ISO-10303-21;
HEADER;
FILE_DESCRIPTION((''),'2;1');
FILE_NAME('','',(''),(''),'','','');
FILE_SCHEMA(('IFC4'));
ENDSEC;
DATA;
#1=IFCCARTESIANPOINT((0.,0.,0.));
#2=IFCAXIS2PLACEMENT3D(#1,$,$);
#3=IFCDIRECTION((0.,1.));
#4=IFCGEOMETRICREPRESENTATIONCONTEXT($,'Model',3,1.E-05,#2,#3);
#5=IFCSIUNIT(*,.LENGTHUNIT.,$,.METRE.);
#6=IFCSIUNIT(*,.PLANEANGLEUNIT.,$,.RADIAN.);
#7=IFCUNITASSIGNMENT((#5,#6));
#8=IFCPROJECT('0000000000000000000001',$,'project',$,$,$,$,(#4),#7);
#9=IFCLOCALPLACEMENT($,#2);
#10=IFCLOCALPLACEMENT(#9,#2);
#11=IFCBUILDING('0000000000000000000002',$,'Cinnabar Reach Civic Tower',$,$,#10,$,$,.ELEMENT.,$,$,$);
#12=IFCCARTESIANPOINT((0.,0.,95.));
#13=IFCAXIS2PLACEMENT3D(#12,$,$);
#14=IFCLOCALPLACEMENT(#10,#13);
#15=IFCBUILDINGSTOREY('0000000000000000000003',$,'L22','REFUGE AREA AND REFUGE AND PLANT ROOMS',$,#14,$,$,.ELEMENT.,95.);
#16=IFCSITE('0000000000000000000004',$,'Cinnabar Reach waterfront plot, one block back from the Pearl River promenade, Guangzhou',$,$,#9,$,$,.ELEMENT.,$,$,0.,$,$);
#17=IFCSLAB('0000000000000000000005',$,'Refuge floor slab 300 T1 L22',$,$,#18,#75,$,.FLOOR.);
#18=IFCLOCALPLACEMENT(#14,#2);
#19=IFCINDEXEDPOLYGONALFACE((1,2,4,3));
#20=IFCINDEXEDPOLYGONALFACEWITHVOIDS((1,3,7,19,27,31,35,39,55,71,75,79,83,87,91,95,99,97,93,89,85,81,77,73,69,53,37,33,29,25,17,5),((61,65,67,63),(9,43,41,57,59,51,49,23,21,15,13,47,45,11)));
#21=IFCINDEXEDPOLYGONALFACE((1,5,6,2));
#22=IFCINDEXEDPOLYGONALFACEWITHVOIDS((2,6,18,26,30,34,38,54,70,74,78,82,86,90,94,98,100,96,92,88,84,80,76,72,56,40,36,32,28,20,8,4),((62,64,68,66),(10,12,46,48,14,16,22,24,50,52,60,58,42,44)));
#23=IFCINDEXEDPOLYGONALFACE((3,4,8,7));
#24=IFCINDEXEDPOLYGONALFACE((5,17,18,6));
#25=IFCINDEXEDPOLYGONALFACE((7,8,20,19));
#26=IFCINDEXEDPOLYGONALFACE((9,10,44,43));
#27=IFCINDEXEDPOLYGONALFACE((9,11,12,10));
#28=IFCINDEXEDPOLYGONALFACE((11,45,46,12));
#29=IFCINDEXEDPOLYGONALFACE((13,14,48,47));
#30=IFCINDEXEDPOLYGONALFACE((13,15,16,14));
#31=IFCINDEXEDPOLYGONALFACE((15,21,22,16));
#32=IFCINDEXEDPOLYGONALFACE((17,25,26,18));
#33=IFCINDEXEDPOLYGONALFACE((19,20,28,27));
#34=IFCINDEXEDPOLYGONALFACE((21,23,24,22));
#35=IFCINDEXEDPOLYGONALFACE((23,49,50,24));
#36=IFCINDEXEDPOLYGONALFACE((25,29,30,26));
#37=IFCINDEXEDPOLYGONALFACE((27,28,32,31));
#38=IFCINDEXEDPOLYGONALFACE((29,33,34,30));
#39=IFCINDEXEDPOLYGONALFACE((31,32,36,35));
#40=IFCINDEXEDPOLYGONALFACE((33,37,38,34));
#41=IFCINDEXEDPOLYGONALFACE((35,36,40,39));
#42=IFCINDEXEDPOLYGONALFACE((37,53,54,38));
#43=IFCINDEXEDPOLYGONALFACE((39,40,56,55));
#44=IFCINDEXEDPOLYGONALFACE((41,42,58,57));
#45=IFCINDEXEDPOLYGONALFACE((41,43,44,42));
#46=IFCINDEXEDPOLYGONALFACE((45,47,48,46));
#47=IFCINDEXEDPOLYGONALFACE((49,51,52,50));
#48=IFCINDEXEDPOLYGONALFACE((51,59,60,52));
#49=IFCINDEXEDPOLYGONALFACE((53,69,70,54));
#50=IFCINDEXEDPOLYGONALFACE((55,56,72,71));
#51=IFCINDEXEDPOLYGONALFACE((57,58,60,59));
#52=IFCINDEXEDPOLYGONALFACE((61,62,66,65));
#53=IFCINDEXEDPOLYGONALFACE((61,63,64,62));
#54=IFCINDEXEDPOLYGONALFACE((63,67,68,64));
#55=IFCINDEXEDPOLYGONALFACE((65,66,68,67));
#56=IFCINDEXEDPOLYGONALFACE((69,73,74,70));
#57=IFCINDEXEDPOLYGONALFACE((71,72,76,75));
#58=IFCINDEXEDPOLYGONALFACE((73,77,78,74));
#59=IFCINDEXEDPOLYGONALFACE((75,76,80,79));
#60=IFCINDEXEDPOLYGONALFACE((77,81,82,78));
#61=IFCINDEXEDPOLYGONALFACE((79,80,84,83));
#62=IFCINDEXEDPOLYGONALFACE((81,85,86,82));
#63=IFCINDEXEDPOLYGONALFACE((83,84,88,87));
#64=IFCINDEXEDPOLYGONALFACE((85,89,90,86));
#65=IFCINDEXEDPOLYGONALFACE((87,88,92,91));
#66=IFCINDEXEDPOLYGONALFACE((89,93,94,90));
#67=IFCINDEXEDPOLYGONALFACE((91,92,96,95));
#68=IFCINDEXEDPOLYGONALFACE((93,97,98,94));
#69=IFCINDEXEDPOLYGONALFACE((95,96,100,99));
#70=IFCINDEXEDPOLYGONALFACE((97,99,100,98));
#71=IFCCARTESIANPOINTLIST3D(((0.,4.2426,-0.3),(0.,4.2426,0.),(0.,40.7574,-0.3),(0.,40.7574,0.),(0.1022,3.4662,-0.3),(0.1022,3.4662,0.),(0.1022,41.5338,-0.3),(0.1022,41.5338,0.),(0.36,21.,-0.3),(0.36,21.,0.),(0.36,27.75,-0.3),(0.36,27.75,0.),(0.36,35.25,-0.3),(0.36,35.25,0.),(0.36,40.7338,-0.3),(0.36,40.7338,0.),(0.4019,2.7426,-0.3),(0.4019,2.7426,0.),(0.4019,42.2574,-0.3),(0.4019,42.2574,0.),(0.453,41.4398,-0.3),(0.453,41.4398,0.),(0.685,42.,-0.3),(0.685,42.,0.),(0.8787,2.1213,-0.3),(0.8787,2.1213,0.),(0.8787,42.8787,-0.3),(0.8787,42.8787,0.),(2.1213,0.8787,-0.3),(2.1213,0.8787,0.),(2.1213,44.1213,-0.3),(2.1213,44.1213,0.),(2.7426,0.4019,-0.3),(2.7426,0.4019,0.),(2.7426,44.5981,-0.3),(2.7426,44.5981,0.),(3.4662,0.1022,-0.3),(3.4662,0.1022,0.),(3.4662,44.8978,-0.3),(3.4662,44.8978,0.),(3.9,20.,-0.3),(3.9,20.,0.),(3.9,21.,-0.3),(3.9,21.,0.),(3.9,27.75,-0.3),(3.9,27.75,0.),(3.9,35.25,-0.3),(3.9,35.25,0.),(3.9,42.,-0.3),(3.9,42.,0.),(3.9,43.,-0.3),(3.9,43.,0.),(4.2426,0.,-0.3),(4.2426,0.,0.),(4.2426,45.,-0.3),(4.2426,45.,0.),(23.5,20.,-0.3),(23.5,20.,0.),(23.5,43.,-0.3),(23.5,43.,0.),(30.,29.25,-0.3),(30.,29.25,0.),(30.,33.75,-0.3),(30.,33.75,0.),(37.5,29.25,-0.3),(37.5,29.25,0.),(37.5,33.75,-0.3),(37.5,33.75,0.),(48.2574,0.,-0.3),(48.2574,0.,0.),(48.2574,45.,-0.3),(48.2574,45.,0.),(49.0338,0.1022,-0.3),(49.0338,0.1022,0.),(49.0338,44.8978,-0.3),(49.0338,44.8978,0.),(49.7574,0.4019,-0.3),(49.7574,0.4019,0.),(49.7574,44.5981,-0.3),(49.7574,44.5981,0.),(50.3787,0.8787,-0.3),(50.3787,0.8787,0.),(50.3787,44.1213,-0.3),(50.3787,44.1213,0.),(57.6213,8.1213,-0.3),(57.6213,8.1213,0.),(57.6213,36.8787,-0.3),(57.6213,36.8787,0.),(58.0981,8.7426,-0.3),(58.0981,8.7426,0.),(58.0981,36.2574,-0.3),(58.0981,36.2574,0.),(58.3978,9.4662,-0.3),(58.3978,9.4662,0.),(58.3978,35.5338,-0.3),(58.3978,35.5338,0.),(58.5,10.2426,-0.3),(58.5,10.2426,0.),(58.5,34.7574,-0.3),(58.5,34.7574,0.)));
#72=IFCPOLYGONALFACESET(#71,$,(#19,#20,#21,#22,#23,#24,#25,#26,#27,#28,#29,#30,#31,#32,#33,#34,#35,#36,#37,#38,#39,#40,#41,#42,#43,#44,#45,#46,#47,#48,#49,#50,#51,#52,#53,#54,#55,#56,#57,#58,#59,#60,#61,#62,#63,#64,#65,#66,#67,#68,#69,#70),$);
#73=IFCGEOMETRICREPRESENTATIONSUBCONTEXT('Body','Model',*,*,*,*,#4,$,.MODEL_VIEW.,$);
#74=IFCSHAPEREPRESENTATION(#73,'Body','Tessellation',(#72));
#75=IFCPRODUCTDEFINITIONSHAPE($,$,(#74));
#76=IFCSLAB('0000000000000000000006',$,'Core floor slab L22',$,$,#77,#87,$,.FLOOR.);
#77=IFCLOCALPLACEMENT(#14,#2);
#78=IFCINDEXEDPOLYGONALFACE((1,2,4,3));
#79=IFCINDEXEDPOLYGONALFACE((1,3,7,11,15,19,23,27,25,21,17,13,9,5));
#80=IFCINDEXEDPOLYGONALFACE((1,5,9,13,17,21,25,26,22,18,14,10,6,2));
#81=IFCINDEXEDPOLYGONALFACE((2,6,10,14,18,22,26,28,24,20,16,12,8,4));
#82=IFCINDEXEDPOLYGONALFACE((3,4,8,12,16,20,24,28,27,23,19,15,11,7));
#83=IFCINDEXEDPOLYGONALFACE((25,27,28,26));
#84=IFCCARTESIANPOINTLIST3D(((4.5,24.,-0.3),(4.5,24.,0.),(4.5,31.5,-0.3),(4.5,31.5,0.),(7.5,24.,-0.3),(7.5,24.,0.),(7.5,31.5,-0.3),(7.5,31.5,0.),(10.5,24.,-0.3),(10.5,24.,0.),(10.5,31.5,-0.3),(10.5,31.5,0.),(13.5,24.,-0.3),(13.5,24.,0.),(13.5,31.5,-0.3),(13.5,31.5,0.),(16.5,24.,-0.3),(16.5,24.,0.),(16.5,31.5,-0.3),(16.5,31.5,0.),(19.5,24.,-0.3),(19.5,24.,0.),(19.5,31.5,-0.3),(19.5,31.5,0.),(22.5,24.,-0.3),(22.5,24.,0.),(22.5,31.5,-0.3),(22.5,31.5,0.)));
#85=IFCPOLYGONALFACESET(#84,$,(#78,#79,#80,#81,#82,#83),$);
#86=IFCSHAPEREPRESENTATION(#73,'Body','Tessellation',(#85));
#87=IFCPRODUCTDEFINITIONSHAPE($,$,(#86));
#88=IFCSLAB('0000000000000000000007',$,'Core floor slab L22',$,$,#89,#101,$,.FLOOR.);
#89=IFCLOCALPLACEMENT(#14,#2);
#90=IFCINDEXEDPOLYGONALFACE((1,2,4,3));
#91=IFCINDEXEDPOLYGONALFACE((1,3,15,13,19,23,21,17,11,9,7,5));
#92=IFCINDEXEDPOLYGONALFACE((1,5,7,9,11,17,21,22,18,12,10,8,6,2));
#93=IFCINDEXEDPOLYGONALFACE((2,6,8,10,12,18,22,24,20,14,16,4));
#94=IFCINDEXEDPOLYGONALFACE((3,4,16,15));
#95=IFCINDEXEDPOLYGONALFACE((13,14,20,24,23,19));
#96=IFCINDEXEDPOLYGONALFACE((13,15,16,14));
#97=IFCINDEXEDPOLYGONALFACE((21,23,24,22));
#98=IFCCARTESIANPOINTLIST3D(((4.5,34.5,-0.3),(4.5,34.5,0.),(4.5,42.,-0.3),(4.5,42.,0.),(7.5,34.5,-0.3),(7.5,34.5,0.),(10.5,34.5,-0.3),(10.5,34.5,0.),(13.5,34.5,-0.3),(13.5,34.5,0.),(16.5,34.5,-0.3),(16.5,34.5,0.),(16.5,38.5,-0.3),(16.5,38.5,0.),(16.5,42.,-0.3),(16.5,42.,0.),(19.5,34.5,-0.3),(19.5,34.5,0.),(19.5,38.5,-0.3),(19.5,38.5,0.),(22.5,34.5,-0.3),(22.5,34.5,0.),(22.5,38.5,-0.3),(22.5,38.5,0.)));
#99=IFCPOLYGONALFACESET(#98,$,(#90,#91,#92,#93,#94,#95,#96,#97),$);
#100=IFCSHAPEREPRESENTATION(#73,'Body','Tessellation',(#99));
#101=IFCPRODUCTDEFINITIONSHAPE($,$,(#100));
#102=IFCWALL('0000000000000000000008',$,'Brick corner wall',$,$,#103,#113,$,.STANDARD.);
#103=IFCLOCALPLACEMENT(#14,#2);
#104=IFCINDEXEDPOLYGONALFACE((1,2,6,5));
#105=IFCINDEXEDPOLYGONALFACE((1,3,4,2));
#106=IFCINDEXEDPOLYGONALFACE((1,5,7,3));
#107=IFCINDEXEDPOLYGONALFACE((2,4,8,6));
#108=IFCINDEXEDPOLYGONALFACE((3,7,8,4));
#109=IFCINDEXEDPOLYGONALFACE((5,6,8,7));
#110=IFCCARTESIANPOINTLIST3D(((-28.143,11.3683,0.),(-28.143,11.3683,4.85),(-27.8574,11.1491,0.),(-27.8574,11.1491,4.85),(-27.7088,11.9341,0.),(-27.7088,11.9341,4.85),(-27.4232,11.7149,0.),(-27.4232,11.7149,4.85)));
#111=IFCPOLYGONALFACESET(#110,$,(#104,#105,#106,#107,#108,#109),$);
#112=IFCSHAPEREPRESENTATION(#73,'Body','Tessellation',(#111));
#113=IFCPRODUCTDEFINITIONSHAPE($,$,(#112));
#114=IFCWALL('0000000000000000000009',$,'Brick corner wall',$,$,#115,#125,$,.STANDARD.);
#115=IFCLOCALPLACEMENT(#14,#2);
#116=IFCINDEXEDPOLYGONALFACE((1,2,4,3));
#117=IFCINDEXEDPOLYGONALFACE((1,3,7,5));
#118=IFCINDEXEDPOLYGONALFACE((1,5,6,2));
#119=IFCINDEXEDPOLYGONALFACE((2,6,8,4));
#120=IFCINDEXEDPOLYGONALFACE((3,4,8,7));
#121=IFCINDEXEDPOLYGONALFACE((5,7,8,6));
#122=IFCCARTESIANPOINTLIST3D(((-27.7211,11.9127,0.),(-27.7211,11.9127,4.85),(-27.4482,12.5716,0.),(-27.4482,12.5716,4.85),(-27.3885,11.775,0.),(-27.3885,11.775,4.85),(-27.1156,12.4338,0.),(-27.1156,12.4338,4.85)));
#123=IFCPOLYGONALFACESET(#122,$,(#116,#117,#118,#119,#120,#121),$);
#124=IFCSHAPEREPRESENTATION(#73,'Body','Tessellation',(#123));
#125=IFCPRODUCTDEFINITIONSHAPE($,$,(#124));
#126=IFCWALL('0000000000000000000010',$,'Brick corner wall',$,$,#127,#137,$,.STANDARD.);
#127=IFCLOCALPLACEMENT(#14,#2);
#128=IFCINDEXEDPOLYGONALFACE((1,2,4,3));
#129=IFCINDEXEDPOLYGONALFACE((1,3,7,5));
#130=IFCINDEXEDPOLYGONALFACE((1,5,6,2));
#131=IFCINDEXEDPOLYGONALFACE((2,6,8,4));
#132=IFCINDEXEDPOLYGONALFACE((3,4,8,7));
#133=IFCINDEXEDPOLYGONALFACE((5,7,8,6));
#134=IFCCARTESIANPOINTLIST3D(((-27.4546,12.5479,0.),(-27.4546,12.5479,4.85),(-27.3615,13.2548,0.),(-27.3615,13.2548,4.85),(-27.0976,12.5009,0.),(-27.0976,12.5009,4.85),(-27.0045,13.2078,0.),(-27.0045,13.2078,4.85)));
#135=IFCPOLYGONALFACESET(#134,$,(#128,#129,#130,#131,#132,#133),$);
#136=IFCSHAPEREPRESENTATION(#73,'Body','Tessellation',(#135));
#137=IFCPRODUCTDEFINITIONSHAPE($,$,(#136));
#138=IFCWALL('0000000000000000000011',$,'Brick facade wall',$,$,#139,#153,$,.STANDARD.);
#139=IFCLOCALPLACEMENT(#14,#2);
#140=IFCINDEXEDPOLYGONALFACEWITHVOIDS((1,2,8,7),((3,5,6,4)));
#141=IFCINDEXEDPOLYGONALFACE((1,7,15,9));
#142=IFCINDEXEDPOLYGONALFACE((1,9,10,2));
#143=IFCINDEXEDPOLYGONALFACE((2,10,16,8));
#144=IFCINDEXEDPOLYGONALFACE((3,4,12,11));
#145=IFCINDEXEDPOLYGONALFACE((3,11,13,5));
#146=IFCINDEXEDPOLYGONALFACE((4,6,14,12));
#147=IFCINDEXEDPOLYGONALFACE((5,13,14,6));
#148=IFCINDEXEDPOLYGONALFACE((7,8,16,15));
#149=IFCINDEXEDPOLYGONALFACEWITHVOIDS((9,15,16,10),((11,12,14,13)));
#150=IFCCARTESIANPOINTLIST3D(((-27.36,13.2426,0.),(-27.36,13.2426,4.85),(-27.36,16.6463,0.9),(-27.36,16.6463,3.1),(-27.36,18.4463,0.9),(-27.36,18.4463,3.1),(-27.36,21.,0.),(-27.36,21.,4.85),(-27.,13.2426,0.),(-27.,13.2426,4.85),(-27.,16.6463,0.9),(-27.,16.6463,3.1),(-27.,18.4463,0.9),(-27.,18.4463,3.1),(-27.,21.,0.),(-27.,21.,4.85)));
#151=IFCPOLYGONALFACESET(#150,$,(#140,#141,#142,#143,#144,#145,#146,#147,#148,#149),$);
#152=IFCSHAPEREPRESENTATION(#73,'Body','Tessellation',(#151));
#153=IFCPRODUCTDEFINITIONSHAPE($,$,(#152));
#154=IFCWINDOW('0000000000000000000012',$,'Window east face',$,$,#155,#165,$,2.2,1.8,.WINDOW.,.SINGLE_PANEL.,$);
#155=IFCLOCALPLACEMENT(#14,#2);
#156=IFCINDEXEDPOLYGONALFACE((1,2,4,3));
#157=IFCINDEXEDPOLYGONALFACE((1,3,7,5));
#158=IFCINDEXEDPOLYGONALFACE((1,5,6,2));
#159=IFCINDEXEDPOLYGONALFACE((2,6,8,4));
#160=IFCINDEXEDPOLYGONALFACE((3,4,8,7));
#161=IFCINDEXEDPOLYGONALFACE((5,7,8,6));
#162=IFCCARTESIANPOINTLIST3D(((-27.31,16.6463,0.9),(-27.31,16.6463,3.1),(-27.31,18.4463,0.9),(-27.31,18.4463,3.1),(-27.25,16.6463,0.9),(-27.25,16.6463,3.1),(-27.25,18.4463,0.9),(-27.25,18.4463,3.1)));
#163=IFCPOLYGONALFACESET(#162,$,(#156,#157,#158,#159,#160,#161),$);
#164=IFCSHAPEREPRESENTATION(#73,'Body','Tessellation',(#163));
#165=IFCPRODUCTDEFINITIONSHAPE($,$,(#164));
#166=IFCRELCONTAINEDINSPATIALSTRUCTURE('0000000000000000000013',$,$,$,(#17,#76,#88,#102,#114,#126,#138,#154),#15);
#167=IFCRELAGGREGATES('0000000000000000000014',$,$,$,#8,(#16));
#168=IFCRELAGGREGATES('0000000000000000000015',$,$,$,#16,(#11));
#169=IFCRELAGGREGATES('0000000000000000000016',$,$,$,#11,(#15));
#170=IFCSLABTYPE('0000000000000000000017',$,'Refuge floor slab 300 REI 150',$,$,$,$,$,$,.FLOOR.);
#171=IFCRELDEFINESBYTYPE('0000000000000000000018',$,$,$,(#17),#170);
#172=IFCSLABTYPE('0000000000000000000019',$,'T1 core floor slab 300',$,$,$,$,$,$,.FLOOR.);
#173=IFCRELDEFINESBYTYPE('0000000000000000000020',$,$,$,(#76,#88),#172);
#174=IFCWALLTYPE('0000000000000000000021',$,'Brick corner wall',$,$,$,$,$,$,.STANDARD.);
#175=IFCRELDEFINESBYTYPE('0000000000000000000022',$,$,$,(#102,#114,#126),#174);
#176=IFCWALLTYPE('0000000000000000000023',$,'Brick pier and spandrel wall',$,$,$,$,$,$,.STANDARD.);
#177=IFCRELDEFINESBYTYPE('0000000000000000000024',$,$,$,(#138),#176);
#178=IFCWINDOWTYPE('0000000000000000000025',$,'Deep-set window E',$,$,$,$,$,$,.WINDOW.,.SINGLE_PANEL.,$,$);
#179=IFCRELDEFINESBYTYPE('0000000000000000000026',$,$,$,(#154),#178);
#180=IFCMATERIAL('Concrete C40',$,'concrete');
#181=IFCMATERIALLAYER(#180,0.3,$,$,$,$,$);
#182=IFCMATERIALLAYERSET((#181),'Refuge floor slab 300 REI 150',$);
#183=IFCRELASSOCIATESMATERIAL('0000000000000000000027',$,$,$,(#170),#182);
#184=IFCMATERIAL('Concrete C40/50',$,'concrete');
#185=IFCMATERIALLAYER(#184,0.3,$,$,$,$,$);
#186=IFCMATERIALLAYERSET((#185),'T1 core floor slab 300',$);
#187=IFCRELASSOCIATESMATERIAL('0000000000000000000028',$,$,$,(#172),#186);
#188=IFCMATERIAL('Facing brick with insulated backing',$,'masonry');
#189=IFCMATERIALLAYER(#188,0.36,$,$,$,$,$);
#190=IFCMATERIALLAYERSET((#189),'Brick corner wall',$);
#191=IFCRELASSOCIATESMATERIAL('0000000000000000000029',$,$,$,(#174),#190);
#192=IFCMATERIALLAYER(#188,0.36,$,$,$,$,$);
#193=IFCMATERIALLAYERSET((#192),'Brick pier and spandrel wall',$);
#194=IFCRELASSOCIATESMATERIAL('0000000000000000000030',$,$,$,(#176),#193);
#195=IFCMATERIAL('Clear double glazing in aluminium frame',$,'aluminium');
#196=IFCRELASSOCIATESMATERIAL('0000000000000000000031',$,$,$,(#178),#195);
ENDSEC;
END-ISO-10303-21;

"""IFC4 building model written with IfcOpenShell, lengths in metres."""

from ifc_helpers import new_model, si_unit, direction, frame, frame_2d, origin, place, context, subcontext, project, spatial, polyline, rectangle, outline, extrude, material, layer, layer_set, type_object, element, fill, save


model = new_model("IFC4")

# Units and contexts
model_context = context("Model", 3, precision=1e-05, world=origin(), true_north=direction((0.0, 1.0)))
body_context = subcontext(model_context, "Body", "Model", "MODEL_VIEW")
ifc_project = project(units=[si_unit("LENGTHUNIT", "METRE"), si_unit("PLANEANGLEUNIT", "RADIAN")], contexts=[model_context])

# Site, building, storey
site_placement = place(None, origin())
site = spatial("IfcSite", under=ifc_project, at=site_placement, Name="Cinnabar Reach waterfront plot, one block back from the Pearl River promenade, Guangzhou", CompositionType="ELEMENT", RefElevation=0.0)
building_placement = place(site_placement, origin())
building = spatial("IfcBuilding", under=site, at=building_placement, Name="Cinnabar Reach Civic Tower", CompositionType="ELEMENT")
storey_placement = place(building_placement, frame((0.0, 0.0, 95.0)))
storey = spatial("IfcBuildingStorey", under=building, at=storey_placement, Name="L22", Description="REFUGE AREA AND REFUGE AND PLANT ROOMS", CompositionType="ELEMENT", Elevation=95.0)

# Shared definitions
ifc_material_1 = material(Name="Concrete C40", Category="concrete")

# Slabs
ifc_layer_1 = layer(ifc_material_1, 0.3)
ifc_layer_set_1 = layer_set([ifc_layer_1], Name="Refuge floor slab 300 REI 150")
slab_type_1 = type_object("IfcSlabType", Name="Refuge floor slab 300 REI 150", PredefinedType="FLOOR", material=ifc_layer_set_1)
slab_1_placement = place(storey_placement, frame((0.0, 0.0, -0.3)))
element("IfcSlab", 1, at=slab_1_placement, inside=storey, type_object=slab_type_1, Name="Refuge floor slab 300 T1 L22", PredefinedType="FLOOR", context=body_context, shape_type="SweptSolid", body=[
    extrude(outline(polyline([(0.8787, 2.1213), (0.4019, 2.7426), (0.1022, 3.4662), (0.0, 4.2426), (0.0, 40.7574), (0.1022, 41.5338), (0.4019, 42.2574), (0.8787, 42.8787), (2.1213, 44.1213), (2.7426, 44.5981), (3.4662, 44.8978), (4.2426, 45.0), (48.2574, 45.0), (49.0338, 44.8978), (49.7574, 44.5981), (50.3787, 44.1213), (57.6213, 36.8787), (58.0981, 36.2574), (58.3978, 35.5338), (58.5, 34.7574), (58.5, 10.2426), (58.3978, 9.4662), (58.0981, 8.7426), (57.6213, 8.1213), (50.3787, 0.8787), (49.7574, 0.4019), (49.0338, 0.1022), (48.2574, 0.0), (4.2426, 0.0), (3.4662, 0.1022), (2.7426, 0.4019), (2.1213, 0.8787), (0.8787, 2.1213)]), holes=[polyline([(0.36, 21.0), (3.9, 21.0), (3.9, 20.0), (23.5, 20.0), (23.5, 43.0), (3.9, 43.0), (3.9, 42.0), (0.685, 42.0), (0.453, 41.4398), (0.36, 40.7338), (0.36, 35.25), (3.9, 35.25), (3.9, 27.75), (0.36, 27.75), (0.36, 21.0)]), polyline([(30.0, 33.75), (30.0, 29.25), (37.5, 29.25), (37.5, 33.75), (30.0, 33.75)])]), origin(), (0.0, 0.0, 1.0), 0.3),
])
ifc_material_2 = material(Name="Concrete C40/50", Category="concrete")
ifc_layer_2 = layer(ifc_material_2, 0.3)
ifc_layer_set_2 = layer_set([ifc_layer_2], Name="T1 core floor slab 300")
slab_type_2 = type_object("IfcSlabType", Name="T1 core floor slab 300", PredefinedType="FLOOR", material=ifc_layer_set_2)
slab_2_placement = place(storey_placement, frame((0.0, 0.0, -0.3)))
element("IfcSlab", 2, at=slab_2_placement, inside=storey, type_object=slab_type_2, Name="Core floor slab L22", PredefinedType="FLOOR", context=body_context, shape_type="SweptSolid", body=[
    extrude(outline(polyline([(22.5, 24.0), (19.5, 24.0), (16.5, 24.0), (13.5, 24.0), (10.5, 24.0), (7.5, 24.0), (4.5, 24.0), (4.5, 31.5), (7.5, 31.5), (10.5, 31.5), (13.5, 31.5), (16.5, 31.5), (19.5, 31.5), (22.5, 31.5), (22.5, 24.0)])), origin(), (0.0, 0.0, 1.0), 0.3),
])
slab_3_placement = place(storey_placement, frame((0.0, 0.0, -0.3)))
element("IfcSlab", 3, at=slab_3_placement, inside=storey, type_object=slab_type_2, Name="Core floor slab L22", PredefinedType="FLOOR", context=body_context, shape_type="SweptSolid", body=[
    extrude(outline(polyline([(22.5, 34.5), (19.5, 34.5), (16.5, 34.5), (13.5, 34.5), (10.5, 34.5), (7.5, 34.5), (4.5, 34.5), (4.5, 42.0), (16.5, 42.0), (16.5, 38.5), (19.5, 38.5), (22.5, 38.5), (22.5, 34.5)])), origin(), (0.0, 0.0, 1.0), 0.3),
])

# Walls
ifc_material_3 = material(Name="Facing brick with insulated backing", Category="masonry")
ifc_layer_3 = layer(ifc_material_3, 0.36)
ifc_layer_set_3 = layer_set([ifc_layer_3], Name="Brick corner wall")
wall_type_1 = type_object("IfcWallType", Name="Brick corner wall", PredefinedType="STANDARD", material=ifc_layer_set_3)
wall_1_placement = place(storey_placement, frame((-28.0002, 11.2587, 0.0), z_axis=(0.0, 0.0, 1.0), x_axis=(0.608802, 0.793322, 0.0)))
element("IfcWall", 4, at=wall_1_placement, inside=storey, type_object=wall_type_1, Name="Brick corner wall", PredefinedType="STANDARD", context=body_context, shape_type="SweptSolid", body=[
    extrude(rectangle(XDim=0.7132, YDim=0.36, at=frame_2d((0.3566, 0.0))), origin(), (0.0, 0.0, 1.0), 4.85),
])
for number, where, z_axis, x_axis, name in (
    (5, (-27.5548, 11.8439, 0.0), (0.0, 0.0, 1.0), (0.382703, 0.923872, 0.0), "Brick corner wall"),
    (6, (-27.2761, 12.5244, 0.0), (0.0, 0.0, 1.0), (0.130556, 0.991441, 0.0), "Brick corner wall"),
):
    element("IfcWall", number, at=place(storey_placement, frame(where, z_axis=z_axis, x_axis=x_axis)), inside=storey, type_object=wall_type_1, Name=name, PredefinedType="STANDARD", context=body_context, shape_type="SweptSolid", body=[
        extrude(rectangle(XDim=0.7131, YDim=0.36, at=frame_2d((0.3565, 0.0))), origin(), (0.0, 0.0, 1.0), 4.85),
    ])

# Wall, opening, window
ifc_layer_4 = layer(ifc_material_3, 0.36)
ifc_layer_set_4 = layer_set([ifc_layer_4], Name="Brick pier and spandrel wall")
wall_type_2 = type_object("IfcWallType", Name="Brick pier and spandrel wall", PredefinedType="STANDARD", material=ifc_layer_set_4)
wall_2_placement = place(storey_placement, frame((-27.18, 13.2426, 0.0), z_axis=(0.0, 0.0, 1.0), x_axis=(0.0, 1.0, 0.0)))
wall_2 = element("IfcWall", 7, at=wall_2_placement, inside=storey, type_object=wall_type_2, Name="Brick facade wall", PredefinedType="STANDARD", context=body_context, shape_type="SweptSolid", body=[
    extrude(rectangle(XDim=7.7574, YDim=0.36, at=frame_2d((3.8787, 0.0))), origin(), (0.0, 0.0, 1.0), 4.85),
])
opening_placement = place(wall_2_placement, frame((3.4037, 0.0, 0.9)))
opening = element("IfcOpeningElement", 8, at=opening_placement, cuts=wall_2, PredefinedType="OPENING", context=body_context, shape_type="SweptSolid", body=[
    extrude(rectangle(XDim=1.8, YDim=2.2, at=frame_2d((0.9, 1.1))), frame((0.0, 0.19, 0.0), z_axis=(0.0, -1.0, 0.0), x_axis=(1.0, 0.0, 0.0)), (0.0, 0.0, 1.0), 0.38),
])
ifc_material_4 = material(Name="Clear double glazing in aluminium frame", Category="aluminium")
window_type = type_object("IfcWindowType", Name="Deep-set window E", PartitioningType="SINGLE_PANEL", PredefinedType="WINDOW", material=ifc_material_4)
window_placement = place(opening_placement, origin())
window = element("IfcWindow", 9, at=window_placement, inside=storey, type_object=window_type, Name="Window east face", OverallHeight=2.2, OverallWidth=1.8, PartitioningType="SINGLE_PANEL", PredefinedType="WINDOW", context=body_context, shape_type="SweptSolid", body=[
    extrude(rectangle(XDim=1.8, YDim=2.2, at=frame_2d((0.9, 1.1))), frame((0.0, 0.13, 0.0), z_axis=(0.0, -1.0, 0.0), x_axis=(1.0, 0.0, 0.0)), (0.0, 0.0, 1.0), 0.06),
])
fill(opening, window)

save(model, "model.ifc")
